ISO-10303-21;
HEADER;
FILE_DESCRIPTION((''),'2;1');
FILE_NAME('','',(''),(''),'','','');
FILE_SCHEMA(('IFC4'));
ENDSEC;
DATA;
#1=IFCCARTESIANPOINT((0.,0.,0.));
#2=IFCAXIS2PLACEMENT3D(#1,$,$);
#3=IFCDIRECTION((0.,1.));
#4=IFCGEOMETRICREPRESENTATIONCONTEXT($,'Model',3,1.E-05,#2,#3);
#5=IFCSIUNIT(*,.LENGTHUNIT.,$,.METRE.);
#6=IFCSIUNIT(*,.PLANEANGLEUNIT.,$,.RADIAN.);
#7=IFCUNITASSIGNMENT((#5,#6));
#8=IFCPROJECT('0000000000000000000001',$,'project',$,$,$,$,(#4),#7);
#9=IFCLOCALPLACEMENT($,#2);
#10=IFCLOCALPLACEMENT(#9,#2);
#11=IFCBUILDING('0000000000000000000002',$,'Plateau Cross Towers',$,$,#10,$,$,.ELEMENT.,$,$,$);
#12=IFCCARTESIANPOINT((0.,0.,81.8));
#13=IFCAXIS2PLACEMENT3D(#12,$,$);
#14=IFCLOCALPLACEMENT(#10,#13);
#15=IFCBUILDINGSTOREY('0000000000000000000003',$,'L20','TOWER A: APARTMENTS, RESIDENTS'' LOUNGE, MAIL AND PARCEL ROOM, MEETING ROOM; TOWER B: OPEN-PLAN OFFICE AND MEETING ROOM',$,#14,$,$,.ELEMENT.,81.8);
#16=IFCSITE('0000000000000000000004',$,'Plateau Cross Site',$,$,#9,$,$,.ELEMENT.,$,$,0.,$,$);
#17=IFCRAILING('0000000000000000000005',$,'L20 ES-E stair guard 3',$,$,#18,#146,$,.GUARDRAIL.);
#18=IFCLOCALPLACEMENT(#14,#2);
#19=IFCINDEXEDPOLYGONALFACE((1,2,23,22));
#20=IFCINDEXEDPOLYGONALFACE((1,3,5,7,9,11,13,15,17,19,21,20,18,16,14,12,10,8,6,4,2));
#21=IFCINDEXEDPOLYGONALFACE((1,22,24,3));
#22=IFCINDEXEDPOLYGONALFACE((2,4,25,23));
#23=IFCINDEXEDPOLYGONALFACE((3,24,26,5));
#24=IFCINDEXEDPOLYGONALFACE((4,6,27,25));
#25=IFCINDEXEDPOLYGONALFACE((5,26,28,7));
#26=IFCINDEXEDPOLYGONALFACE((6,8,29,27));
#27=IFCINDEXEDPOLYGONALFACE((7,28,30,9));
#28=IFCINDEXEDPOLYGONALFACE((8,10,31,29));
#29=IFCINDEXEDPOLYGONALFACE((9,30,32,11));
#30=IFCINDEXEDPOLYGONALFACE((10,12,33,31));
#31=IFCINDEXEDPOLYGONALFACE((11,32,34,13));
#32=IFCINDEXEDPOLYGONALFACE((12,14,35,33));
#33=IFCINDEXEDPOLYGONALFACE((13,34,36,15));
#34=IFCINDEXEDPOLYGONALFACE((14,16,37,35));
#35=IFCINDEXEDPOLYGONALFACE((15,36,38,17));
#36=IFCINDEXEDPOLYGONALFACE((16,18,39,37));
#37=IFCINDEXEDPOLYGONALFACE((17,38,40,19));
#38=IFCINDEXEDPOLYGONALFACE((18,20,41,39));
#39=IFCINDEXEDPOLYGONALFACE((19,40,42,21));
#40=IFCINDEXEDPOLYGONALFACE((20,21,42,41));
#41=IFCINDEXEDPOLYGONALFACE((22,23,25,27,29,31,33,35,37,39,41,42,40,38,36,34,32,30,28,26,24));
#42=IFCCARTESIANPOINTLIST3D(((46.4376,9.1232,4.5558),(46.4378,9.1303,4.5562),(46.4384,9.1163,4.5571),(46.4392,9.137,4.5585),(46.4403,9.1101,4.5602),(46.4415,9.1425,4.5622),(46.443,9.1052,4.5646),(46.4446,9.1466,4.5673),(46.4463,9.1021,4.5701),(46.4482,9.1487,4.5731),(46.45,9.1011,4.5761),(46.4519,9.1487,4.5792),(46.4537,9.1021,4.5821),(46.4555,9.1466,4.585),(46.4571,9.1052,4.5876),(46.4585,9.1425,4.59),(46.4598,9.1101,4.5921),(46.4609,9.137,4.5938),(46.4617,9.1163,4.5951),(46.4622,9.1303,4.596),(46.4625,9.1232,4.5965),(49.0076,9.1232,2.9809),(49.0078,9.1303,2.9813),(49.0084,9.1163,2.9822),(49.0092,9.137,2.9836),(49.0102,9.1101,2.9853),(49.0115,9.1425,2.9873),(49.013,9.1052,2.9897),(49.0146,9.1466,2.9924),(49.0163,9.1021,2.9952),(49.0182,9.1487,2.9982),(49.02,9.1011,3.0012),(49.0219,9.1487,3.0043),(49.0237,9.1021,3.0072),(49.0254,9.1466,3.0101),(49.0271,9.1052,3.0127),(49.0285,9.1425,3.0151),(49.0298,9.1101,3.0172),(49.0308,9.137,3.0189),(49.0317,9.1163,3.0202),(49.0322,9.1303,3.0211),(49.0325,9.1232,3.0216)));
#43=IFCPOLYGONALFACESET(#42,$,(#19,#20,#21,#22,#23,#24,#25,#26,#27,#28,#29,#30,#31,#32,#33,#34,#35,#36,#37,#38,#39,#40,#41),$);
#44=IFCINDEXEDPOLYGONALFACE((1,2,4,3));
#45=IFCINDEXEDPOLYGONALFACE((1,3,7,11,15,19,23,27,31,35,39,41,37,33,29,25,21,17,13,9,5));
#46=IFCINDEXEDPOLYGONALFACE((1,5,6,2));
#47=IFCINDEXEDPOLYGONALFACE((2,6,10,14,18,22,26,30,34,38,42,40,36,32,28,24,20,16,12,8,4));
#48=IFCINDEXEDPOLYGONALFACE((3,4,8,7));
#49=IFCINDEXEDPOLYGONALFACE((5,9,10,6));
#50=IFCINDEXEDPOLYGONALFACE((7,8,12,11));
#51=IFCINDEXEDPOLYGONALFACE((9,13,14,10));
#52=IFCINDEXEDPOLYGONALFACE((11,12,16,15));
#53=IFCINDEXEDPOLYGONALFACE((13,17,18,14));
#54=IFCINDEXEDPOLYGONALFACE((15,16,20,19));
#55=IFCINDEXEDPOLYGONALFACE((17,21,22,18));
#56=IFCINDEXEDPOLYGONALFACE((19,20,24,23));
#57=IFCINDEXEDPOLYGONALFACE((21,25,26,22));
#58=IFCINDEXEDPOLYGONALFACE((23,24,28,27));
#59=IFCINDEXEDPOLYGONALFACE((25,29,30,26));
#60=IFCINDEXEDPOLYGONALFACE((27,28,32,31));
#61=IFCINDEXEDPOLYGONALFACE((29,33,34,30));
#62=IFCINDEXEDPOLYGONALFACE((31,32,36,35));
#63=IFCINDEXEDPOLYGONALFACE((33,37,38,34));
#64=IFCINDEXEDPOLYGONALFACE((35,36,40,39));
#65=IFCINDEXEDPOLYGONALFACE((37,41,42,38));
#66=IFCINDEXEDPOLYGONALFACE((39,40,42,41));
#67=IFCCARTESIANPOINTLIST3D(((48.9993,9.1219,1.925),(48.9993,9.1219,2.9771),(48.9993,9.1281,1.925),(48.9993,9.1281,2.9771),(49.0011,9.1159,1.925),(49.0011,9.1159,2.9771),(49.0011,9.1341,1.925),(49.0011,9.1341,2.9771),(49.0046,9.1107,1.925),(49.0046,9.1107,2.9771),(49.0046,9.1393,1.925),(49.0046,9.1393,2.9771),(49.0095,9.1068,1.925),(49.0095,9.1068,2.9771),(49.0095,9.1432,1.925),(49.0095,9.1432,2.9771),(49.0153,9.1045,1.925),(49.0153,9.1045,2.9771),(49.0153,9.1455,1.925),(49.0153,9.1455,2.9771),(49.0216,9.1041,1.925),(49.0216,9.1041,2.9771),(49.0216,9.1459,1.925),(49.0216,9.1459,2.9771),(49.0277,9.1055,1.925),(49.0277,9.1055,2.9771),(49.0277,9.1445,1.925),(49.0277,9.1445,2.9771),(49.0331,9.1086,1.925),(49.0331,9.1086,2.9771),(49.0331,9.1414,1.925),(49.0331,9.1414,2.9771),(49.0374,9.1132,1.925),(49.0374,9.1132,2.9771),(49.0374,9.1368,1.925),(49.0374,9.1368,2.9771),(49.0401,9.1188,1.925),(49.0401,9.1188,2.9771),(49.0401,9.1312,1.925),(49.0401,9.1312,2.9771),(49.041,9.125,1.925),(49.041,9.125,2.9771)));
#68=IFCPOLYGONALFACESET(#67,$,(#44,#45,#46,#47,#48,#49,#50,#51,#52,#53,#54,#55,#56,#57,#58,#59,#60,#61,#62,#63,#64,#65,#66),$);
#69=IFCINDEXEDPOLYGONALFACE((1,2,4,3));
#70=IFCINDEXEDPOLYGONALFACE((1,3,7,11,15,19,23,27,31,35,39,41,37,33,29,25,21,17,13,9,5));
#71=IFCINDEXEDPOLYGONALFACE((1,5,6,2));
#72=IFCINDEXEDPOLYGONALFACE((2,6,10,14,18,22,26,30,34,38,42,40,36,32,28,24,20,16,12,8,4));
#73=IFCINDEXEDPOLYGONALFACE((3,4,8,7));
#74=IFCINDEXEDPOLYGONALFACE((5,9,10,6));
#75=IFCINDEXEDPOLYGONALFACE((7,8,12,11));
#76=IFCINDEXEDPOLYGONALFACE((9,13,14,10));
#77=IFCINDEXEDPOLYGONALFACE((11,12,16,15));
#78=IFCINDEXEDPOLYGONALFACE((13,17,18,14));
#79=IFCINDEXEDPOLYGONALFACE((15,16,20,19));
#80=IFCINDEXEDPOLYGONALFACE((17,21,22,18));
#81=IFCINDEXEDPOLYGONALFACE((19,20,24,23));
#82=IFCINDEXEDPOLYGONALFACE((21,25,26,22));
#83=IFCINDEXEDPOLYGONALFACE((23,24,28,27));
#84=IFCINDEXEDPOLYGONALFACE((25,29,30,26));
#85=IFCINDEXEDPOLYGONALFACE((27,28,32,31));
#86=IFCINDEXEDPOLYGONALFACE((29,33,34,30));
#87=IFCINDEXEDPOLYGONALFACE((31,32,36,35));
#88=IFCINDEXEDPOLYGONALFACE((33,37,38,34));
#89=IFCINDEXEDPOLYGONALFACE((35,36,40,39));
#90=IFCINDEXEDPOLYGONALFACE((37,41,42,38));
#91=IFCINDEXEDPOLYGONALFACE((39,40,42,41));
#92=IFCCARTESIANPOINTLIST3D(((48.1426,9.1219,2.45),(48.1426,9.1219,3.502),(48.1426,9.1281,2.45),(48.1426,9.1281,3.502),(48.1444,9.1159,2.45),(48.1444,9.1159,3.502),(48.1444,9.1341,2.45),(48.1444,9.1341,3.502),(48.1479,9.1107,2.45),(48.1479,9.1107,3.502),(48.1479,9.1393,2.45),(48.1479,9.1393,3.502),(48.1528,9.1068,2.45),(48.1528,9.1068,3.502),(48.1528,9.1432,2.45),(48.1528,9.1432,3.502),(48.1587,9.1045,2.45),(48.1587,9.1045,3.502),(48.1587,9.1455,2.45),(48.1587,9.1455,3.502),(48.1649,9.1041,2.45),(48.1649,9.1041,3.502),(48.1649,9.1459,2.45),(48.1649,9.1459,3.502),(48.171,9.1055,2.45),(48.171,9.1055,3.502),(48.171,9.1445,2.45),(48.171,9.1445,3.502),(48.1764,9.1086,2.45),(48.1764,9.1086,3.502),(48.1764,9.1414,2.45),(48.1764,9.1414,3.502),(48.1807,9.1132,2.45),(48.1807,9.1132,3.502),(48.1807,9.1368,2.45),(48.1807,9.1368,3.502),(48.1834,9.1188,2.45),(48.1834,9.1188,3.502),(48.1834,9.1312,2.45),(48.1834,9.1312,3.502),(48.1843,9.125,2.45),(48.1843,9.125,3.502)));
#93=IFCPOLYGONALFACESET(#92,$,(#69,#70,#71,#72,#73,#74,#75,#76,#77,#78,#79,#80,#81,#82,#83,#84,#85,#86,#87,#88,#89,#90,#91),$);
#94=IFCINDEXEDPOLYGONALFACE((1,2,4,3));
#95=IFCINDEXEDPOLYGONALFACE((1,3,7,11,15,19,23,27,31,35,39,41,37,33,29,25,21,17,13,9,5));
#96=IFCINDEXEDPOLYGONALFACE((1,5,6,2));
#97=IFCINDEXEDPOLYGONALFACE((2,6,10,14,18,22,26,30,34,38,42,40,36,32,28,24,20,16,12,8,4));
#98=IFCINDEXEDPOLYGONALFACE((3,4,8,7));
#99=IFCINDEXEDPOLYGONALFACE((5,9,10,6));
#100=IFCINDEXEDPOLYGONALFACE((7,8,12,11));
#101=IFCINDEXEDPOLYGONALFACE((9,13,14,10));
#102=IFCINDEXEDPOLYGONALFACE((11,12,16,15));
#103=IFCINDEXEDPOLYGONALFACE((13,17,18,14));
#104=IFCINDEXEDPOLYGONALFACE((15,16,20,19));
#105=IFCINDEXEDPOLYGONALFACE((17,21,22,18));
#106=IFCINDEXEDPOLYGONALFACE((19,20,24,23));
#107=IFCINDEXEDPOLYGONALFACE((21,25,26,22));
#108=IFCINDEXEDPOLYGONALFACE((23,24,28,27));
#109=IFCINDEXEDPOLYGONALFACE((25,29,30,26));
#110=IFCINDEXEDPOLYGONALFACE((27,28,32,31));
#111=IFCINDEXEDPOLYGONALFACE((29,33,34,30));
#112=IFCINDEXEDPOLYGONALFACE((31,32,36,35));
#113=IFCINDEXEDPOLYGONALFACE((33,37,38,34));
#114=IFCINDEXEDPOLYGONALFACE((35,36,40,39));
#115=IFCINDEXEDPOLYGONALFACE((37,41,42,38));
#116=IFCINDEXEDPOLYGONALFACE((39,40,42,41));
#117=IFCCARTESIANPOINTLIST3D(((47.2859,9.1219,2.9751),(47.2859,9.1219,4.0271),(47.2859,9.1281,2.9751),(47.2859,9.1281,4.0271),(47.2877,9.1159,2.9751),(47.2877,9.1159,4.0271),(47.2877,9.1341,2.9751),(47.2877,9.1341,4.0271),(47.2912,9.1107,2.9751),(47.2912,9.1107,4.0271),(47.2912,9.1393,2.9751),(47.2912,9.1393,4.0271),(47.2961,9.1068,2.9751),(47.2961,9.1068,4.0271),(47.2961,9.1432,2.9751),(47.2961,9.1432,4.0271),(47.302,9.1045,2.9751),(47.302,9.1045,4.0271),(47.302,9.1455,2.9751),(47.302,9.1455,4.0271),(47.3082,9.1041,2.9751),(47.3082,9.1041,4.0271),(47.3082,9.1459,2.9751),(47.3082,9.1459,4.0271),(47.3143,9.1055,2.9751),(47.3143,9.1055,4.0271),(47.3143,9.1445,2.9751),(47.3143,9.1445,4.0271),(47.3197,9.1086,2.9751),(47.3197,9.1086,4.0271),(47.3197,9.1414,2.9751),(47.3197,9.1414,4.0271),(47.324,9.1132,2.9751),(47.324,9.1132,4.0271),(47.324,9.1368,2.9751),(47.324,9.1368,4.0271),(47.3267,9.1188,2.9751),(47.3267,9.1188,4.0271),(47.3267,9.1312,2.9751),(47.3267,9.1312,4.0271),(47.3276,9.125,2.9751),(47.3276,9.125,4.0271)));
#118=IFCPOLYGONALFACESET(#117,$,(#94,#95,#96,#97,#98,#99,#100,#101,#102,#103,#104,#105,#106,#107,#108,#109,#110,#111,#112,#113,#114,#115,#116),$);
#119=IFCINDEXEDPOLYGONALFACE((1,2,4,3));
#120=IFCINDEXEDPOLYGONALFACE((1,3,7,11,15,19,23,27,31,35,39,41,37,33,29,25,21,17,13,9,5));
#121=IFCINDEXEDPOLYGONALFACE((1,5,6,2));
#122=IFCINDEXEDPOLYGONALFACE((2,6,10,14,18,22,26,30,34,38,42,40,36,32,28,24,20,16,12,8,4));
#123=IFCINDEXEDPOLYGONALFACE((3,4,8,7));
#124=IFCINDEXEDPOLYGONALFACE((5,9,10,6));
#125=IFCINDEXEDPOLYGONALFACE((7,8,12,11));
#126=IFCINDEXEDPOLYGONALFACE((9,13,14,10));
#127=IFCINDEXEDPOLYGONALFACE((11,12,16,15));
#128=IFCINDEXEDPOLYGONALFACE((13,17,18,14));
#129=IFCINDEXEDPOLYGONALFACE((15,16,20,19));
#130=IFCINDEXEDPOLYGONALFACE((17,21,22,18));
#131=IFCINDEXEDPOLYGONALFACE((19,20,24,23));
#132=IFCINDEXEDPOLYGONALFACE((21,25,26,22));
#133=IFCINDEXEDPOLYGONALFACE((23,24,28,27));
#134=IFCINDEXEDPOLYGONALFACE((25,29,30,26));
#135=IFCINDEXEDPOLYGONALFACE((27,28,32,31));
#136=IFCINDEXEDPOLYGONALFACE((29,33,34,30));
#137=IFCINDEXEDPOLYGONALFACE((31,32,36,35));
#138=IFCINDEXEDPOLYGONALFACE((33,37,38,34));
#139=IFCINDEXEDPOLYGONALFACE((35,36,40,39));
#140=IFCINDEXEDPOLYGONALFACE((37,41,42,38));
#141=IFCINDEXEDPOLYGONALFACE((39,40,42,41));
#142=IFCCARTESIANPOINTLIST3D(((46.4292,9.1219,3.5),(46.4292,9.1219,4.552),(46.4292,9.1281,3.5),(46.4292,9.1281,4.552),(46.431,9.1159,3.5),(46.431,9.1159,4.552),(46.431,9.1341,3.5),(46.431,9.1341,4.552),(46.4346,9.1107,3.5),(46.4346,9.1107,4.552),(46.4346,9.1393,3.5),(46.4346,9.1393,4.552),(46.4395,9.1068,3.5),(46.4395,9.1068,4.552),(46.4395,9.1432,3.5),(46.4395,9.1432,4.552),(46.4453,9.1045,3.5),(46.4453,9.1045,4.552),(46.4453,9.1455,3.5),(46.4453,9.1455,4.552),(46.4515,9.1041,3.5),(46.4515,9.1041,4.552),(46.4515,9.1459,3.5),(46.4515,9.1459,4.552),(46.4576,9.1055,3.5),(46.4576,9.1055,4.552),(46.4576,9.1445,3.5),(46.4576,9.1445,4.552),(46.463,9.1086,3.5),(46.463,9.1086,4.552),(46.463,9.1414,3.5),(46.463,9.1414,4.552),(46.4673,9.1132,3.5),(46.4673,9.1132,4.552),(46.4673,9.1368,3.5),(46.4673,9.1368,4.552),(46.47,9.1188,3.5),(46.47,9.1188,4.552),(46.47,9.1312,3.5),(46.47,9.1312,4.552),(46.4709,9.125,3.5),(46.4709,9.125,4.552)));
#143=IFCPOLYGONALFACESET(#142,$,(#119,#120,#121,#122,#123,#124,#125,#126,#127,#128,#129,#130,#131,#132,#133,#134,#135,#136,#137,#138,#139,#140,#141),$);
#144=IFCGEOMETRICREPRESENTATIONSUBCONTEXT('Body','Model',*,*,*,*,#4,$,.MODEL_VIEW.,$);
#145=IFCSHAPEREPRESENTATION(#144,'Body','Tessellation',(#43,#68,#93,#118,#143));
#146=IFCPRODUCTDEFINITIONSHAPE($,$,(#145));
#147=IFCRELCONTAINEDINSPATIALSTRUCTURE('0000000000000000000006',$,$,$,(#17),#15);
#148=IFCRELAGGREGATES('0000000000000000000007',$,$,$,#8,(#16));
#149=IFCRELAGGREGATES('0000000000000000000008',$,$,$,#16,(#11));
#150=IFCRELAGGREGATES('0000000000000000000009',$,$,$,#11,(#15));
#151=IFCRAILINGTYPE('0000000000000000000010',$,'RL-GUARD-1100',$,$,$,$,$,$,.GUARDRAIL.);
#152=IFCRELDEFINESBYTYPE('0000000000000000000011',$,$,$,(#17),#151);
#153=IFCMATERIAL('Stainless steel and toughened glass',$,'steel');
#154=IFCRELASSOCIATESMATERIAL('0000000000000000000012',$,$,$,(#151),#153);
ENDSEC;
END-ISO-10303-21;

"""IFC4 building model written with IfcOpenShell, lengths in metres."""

from ifc_helpers import new_model, si_unit, direction, frame, origin, origin_2d, place, context, subcontext, project, spatial, circle, extrude, material, type_object, element, save


model = new_model("IFC4")

# Units and contexts
model_context = context("Model", 3, precision=1e-05, world=origin(), true_north=direction((0.0, 1.0)))
body_context = subcontext(model_context, "Body", "Model", "MODEL_VIEW")
ifc_project = project(units=[si_unit("LENGTHUNIT", "METRE"), si_unit("PLANEANGLEUNIT", "RADIAN")], contexts=[model_context])

# Site, building, storey
site_placement = place(None, origin())
site = spatial("IfcSite", under=ifc_project, at=site_placement, Name="Plateau Cross Site", CompositionType="ELEMENT", RefElevation=0.0)
building_placement = place(site_placement, origin())
building = spatial("IfcBuilding", under=site, at=building_placement, Name="Plateau Cross Towers", CompositionType="ELEMENT")
storey_placement = place(building_placement, frame((0.0, 0.0, 81.8)))
storey = spatial("IfcBuildingStorey", under=building, at=storey_placement, Name="L20", Description="TOWER A: APARTMENTS, RESIDENTS' LOUNGE, MAIL AND PARCEL ROOM, MEETING ROOM; TOWER B: OPEN-PLAN OFFICE AND MEETING ROOM", CompositionType="ELEMENT", Elevation=81.8)

# Railing
ifc_material_1 = material(Name="Stainless steel and toughened glass", Category="steel")
railing_type_1 = type_object("IfcRailingType", Name="RL-GUARD-1100", PredefinedType="GUARDRAIL", material=ifc_material_1)
railing_1_placement = place(storey_placement, frame((49.02, 9.125, 1.925)))
element("IfcRailing", 1, at=railing_1_placement, inside=storey, type_object=railing_type_1, Name="L20 ES-E stair guard 3", PredefinedType="GUARDRAIL", context=body_context, shape_type="SweptSolid", body=[
    extrude(circle(Radius=0.0239, at=origin_2d()), frame((0.0, 0.0, 1.0762), z_axis=(-0.852639, 0.0, 0.522501), x_axis=(0.0, -1.0, 0.0)), (0.0, 0.0, 1.0), 3.0142),
    extrude(circle(Radius=0.021, at=origin_2d()), origin(), (0.0, 0.0, 1.0), 1.052),
    extrude(circle(Radius=0.021, at=origin_2d()), frame((-0.8567, 0.0, 0.5249)), (0.0, 0.0, 1.0), 1.052),
    extrude(circle(Radius=0.021, at=origin_2d()), frame((-1.7134, 0.0, 1.05)), (0.0, 0.0, 1.0), 1.052),
    extrude(circle(Radius=0.021, at=origin_2d()), frame((-2.5701, 0.0, 1.575)), (0.0, 0.0, 1.0), 1.052),
])

save(model, "model.ifc")
